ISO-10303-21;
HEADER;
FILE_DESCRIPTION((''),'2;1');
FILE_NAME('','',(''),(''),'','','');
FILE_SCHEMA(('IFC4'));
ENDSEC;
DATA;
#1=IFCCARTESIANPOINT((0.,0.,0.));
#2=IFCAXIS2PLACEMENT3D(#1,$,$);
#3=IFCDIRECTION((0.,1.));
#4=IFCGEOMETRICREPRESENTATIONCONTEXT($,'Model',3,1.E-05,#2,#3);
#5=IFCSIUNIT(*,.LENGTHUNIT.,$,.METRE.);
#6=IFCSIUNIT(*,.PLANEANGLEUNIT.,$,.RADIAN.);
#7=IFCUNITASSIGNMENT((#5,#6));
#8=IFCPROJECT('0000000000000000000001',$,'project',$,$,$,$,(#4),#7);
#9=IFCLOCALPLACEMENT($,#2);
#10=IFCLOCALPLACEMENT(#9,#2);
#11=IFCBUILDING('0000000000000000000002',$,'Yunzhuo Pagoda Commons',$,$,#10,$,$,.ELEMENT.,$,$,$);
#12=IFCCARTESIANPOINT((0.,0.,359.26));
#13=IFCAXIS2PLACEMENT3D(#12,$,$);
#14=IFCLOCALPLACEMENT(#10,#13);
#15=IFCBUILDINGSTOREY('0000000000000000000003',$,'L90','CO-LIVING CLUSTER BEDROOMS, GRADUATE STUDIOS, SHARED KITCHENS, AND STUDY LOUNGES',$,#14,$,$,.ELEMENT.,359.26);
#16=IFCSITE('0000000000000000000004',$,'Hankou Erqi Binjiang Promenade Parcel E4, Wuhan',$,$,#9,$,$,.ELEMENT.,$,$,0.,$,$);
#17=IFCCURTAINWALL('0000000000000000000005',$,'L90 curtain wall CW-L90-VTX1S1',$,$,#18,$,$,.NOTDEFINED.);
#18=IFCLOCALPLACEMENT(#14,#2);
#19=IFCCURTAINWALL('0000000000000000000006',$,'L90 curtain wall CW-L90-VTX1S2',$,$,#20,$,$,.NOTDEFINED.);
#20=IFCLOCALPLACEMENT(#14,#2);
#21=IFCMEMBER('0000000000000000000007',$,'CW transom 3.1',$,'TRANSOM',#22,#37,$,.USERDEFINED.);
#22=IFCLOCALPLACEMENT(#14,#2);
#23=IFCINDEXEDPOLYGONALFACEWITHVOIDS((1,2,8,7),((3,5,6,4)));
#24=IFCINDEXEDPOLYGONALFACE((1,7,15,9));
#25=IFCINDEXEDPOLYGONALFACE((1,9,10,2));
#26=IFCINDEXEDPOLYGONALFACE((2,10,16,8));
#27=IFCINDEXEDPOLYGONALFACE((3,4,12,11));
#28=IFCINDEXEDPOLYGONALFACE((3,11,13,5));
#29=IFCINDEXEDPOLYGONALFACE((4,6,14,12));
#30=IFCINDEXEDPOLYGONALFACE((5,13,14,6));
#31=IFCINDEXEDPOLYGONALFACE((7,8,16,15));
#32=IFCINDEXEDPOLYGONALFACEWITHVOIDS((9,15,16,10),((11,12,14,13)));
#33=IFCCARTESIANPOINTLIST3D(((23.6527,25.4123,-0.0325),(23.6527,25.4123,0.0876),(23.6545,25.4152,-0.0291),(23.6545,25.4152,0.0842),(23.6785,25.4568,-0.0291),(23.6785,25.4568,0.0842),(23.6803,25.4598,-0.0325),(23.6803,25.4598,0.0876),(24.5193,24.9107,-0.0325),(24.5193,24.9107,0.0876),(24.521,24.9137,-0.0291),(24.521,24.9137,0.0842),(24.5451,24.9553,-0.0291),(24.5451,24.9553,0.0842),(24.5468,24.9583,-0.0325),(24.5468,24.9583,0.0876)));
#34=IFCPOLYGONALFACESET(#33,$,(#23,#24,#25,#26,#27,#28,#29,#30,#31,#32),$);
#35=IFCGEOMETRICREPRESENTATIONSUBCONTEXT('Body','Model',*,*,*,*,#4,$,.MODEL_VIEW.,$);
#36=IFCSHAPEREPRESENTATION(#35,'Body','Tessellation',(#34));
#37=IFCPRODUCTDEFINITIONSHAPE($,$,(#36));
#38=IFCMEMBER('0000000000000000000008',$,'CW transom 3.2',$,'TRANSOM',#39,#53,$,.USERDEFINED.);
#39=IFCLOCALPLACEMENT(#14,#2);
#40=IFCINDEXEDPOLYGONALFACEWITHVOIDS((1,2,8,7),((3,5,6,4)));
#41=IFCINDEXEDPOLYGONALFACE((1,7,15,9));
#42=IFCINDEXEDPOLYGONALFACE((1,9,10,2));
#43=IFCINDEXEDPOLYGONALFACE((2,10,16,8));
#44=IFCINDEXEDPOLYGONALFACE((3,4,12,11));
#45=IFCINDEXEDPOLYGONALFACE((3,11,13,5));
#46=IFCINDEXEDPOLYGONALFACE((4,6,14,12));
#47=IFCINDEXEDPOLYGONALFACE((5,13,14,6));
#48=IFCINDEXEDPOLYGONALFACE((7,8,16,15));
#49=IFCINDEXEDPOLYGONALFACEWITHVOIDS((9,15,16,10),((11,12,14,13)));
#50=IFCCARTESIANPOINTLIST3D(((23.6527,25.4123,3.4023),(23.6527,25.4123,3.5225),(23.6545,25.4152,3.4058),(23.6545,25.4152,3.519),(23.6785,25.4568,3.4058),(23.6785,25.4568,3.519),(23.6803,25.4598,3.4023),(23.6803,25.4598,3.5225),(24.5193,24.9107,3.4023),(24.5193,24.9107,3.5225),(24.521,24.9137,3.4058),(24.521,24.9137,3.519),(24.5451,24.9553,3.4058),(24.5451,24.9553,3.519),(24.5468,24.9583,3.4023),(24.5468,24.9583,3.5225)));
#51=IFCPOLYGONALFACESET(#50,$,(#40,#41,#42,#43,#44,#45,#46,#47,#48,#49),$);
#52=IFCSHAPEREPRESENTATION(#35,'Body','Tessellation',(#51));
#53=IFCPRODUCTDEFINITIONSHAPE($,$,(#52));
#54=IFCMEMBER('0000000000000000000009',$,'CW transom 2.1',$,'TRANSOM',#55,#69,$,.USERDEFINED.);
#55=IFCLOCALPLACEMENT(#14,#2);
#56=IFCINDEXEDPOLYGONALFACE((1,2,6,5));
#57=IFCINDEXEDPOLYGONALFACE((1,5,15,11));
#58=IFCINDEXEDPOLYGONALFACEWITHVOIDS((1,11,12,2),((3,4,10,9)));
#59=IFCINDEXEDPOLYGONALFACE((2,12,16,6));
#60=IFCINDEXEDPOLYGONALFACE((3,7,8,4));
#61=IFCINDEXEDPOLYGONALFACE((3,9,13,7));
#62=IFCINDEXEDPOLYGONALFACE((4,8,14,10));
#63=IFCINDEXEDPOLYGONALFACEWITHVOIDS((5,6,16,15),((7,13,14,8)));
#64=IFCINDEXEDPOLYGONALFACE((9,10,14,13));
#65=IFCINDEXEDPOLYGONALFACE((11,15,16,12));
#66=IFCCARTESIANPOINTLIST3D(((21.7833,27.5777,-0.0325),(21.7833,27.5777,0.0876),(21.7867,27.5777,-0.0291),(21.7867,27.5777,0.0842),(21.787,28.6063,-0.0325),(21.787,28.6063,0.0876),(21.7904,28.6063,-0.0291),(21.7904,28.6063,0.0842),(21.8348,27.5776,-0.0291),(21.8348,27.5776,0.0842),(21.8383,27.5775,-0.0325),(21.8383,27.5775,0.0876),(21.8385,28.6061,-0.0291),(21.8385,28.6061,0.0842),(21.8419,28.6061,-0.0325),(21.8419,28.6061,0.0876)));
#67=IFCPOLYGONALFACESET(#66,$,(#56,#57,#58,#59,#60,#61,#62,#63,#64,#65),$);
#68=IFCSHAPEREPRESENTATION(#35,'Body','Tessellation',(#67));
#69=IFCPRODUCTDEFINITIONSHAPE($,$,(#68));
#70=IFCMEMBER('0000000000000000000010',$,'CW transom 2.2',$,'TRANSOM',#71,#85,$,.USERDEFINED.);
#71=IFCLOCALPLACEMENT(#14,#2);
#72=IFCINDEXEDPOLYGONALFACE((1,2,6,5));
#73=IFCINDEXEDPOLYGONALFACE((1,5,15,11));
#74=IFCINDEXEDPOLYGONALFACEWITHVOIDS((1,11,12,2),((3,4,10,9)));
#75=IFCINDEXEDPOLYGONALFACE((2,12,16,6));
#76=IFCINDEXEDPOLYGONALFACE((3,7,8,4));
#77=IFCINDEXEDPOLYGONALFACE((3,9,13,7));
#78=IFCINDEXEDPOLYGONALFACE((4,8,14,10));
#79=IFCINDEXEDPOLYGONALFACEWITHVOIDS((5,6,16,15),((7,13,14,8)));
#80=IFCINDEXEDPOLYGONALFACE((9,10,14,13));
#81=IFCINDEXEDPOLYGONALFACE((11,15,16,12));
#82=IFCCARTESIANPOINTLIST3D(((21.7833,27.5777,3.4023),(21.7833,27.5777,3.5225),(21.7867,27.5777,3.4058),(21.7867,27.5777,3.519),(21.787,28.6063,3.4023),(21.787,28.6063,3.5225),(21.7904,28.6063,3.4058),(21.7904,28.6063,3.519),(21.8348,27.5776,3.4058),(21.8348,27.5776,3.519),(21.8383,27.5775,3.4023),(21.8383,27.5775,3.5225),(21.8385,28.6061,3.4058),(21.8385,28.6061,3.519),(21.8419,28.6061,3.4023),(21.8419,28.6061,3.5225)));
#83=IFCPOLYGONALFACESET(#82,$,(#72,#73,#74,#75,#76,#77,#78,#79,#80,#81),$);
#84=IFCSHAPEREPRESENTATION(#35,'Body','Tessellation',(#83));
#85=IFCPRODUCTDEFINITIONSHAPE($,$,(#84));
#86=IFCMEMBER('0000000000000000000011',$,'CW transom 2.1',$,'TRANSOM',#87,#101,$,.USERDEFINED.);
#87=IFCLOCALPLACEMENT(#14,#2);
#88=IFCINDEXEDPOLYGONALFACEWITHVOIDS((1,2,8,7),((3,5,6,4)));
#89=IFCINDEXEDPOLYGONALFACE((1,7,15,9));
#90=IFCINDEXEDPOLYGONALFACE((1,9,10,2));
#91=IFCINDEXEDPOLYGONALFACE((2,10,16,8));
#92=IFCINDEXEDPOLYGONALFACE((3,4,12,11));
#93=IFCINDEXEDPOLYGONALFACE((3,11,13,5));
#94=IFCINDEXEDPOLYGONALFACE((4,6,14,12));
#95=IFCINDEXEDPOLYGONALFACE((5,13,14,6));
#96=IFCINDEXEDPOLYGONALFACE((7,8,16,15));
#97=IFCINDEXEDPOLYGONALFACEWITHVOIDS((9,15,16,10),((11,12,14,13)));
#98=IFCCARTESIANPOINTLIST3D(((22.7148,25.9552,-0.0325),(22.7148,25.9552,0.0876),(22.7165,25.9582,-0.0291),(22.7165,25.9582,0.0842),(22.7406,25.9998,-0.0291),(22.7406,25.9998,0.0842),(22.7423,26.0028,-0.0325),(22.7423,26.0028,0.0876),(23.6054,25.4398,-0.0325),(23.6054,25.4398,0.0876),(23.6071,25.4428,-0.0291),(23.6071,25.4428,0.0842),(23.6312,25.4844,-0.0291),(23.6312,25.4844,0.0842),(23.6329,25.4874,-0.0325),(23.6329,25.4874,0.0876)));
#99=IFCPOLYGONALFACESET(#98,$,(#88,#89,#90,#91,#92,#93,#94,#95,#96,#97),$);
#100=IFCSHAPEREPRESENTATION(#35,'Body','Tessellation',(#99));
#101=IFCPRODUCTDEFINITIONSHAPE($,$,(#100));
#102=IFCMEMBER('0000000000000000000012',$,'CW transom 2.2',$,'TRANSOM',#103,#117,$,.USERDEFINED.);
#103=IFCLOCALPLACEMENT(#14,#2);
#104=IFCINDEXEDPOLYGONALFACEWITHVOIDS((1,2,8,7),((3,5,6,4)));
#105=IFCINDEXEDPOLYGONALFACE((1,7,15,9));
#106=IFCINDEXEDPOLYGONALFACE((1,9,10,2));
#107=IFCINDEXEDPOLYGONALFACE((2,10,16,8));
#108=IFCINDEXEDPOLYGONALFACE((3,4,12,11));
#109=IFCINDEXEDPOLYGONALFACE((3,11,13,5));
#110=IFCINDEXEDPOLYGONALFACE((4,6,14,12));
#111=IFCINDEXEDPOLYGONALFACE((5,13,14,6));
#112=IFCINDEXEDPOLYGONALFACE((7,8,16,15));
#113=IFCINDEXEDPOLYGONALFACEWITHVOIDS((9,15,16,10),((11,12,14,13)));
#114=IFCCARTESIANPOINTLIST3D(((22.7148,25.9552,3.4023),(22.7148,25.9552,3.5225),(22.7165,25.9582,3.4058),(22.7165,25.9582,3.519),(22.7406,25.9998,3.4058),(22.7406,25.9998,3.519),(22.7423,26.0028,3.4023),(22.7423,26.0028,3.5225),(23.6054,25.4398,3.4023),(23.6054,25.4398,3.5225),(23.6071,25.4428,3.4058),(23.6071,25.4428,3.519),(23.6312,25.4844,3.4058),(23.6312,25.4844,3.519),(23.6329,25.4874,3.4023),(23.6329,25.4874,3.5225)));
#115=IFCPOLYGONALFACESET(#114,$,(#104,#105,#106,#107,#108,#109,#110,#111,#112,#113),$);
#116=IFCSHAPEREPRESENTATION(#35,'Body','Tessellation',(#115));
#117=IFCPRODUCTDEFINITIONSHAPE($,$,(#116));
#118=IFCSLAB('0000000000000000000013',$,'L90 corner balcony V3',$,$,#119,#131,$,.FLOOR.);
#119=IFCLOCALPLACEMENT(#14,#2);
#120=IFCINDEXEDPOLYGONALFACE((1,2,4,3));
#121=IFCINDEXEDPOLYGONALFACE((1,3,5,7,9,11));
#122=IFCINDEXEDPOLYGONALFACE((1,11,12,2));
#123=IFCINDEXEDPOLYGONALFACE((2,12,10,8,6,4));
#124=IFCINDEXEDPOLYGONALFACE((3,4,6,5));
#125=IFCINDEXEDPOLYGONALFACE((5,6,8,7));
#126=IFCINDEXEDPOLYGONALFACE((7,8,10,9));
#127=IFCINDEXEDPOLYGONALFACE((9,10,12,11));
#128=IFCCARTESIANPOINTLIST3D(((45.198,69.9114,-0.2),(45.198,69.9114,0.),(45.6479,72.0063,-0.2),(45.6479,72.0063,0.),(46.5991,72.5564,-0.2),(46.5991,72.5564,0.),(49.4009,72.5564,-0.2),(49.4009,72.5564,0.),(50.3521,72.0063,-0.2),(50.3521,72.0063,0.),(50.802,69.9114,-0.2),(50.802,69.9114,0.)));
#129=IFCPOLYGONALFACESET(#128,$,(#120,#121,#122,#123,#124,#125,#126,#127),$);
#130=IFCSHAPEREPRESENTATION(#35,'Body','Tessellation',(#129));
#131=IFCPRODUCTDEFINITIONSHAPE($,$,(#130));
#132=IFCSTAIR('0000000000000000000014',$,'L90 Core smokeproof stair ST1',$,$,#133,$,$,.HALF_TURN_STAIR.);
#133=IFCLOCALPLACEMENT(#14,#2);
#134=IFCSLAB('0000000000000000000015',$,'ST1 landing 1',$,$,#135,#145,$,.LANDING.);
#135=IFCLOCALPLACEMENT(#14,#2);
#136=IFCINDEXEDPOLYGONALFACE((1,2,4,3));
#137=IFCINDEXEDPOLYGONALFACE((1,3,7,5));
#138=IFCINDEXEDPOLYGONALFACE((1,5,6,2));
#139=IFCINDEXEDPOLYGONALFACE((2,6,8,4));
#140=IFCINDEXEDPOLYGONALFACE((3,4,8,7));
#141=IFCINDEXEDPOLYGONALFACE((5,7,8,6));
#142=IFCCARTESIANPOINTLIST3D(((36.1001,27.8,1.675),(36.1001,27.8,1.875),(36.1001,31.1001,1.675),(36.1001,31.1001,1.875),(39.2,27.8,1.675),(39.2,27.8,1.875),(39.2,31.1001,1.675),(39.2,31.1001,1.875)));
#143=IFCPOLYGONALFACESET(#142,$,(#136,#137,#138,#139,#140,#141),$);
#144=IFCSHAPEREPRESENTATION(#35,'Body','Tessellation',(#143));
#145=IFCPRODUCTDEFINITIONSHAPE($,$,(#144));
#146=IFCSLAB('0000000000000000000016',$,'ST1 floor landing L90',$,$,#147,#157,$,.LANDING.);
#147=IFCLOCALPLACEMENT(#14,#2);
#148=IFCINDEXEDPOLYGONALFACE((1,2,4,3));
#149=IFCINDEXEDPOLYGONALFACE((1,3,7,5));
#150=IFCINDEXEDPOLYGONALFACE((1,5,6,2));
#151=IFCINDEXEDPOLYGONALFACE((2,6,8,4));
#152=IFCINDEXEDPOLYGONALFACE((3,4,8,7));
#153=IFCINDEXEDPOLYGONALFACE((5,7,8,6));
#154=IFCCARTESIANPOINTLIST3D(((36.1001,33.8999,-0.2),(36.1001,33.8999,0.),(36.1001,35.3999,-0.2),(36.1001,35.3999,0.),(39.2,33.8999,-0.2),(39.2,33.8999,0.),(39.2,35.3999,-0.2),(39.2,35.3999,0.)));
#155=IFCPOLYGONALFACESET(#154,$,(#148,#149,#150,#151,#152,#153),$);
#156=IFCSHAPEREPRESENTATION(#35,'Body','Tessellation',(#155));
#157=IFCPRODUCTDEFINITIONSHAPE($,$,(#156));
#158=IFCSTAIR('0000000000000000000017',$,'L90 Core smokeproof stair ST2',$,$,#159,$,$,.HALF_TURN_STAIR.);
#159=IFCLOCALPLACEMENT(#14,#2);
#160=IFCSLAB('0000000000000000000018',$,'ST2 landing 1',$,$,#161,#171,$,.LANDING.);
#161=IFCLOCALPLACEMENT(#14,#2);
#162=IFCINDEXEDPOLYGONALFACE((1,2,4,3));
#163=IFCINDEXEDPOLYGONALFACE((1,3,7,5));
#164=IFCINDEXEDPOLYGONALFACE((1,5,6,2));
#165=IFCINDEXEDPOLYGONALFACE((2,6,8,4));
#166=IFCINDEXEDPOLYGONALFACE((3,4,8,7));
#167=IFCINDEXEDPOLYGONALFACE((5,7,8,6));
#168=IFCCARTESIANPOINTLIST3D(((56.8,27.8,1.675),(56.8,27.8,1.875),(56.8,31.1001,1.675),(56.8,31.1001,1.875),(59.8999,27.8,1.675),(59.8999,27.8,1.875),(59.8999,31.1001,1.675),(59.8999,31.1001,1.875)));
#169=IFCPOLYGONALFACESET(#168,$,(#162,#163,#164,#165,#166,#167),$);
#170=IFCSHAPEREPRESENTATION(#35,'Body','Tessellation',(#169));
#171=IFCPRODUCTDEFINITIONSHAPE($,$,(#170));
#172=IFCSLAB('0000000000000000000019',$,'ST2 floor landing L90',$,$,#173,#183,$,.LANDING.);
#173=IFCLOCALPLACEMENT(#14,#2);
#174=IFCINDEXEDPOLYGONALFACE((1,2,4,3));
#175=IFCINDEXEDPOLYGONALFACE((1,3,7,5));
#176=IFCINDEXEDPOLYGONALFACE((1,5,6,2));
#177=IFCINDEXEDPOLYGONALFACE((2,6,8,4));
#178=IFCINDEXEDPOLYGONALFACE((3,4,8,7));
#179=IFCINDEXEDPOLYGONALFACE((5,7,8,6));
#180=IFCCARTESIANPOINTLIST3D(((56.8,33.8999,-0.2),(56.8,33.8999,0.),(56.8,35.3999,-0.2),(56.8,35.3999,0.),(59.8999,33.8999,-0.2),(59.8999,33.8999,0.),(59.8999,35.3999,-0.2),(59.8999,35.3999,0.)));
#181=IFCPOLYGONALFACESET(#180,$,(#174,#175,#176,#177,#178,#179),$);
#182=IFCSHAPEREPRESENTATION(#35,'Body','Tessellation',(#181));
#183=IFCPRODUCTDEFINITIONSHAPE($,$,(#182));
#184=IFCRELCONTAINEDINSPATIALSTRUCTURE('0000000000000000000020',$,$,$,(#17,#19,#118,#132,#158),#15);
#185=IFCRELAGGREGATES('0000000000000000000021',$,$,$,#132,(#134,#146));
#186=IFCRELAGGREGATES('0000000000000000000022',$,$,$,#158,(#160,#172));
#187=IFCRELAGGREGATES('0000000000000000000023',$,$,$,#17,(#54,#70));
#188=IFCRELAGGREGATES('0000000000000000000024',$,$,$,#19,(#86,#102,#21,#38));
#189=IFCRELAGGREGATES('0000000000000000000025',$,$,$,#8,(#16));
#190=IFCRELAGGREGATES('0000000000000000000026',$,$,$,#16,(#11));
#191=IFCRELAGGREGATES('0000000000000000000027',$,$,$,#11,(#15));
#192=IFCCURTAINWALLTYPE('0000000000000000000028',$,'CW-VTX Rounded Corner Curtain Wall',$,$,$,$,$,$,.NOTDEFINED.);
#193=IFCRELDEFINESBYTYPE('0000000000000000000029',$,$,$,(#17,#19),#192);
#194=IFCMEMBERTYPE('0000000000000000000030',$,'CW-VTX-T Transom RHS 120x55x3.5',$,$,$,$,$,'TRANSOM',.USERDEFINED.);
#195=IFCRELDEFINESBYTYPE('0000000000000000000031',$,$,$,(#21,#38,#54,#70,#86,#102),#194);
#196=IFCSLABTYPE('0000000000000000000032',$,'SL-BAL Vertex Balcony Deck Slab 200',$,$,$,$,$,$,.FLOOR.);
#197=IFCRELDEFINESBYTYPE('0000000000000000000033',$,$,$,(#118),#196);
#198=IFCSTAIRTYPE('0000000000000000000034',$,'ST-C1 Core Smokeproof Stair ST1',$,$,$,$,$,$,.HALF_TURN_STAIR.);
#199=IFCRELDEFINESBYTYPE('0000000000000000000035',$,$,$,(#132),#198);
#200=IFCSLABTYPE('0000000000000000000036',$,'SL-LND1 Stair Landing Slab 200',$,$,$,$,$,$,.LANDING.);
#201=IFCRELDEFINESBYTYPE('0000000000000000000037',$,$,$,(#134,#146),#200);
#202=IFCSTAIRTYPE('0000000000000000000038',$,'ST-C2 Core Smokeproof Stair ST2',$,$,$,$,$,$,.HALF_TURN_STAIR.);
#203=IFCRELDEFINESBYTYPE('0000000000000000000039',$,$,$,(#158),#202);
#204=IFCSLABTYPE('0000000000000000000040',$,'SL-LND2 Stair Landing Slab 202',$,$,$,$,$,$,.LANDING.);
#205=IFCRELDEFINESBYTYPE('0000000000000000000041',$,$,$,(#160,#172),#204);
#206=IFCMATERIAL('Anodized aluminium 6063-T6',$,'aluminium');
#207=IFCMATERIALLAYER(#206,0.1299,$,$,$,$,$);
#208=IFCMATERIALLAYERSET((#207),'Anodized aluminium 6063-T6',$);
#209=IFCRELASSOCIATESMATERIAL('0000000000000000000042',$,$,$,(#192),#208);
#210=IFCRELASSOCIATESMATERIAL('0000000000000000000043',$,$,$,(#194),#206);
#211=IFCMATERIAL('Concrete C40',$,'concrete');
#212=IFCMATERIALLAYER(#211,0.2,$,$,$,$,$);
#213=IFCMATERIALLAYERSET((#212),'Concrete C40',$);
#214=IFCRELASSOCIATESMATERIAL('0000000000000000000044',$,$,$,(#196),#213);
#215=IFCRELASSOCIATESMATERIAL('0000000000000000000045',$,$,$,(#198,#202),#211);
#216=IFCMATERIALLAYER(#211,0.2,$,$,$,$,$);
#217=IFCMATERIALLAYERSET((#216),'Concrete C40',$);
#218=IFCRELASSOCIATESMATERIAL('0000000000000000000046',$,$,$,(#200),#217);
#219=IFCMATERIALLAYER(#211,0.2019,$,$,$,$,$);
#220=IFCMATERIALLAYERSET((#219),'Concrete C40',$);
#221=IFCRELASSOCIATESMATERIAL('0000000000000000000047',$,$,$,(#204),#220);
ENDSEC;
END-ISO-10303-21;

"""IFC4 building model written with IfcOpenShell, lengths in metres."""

from ifc_helpers import new_model, si_unit, direction, frame, origin, origin_2d, place, context, subcontext, project, spatial, polyline, hollow_rectangle, outline, extrude, source, transform, mapped, material, layer, layer_set, material_profile, profile_set, type_object, element, aggregate, save


model = new_model("IFC4")

# Units and contexts
model_context = context("Model", 3, precision=1e-05, world=origin(), true_north=direction((0.0, 1.0)))
body_context = subcontext(model_context, "Body", "Model", "MODEL_VIEW")
ifc_project = project(units=[si_unit("LENGTHUNIT", "METRE"), si_unit("PLANEANGLEUNIT", "RADIAN")], contexts=[model_context])

# Site, building, storey
site_placement = place(None, origin())
site = spatial("IfcSite", under=ifc_project, at=site_placement, Name="Hankou Erqi Binjiang Promenade Parcel E4, Wuhan", CompositionType="ELEMENT", RefElevation=0.0)
building_placement = place(site_placement, origin())
building = spatial("IfcBuilding", under=site, at=building_placement, Name="Yunzhuo Pagoda Commons", CompositionType="ELEMENT")
storey_placement = place(building_placement, frame((0.0, 0.0, 359.26)))
storey = spatial("IfcBuildingStorey", under=building, at=storey_placement, Name="L90", Description="CO-LIVING CLUSTER BEDROOMS, GRADUATE STUDIOS, SHARED KITCHENS, AND STUDY LOUNGES", CompositionType="ELEMENT", Elevation=359.26)

# Shared definitions
ifc_material_1 = material(Name="Anodized aluminium 6063-T6", Category="aluminium")

# Curtain walls
ifc_layer_1 = layer(ifc_material_1, 0.1299)
ifc_layer_set_1 = layer_set([ifc_layer_1], Name="Anodized aluminium 6063-T6")
curtain_wall_type_1 = type_object("IfcCurtainWallType", Name="CW-VTX Rounded Corner Curtain Wall", PredefinedType="NOTDEFINED", material=ifc_layer_set_1)
curtain_wall_1_placement = place(storey_placement, origin())
curtain_wall_1 = element("IfcCurtainWall", 1, at=curtain_wall_1_placement, inside=storey, type_object=curtain_wall_type_1, Name="L90 curtain wall CW-L90-VTX1S1", PredefinedType="NOTDEFINED")
curtain_wall_2_placement = place(storey_placement, origin())
curtain_wall_2 = element("IfcCurtainWall", 2, at=curtain_wall_2_placement, inside=storey, type_object=curtain_wall_type_1, Name="L90 curtain wall CW-L90-VTX1S2", PredefinedType="NOTDEFINED")

# Members
ifc_material_profile_1 = material_profile(ifc_material_1, hollow_rectangle(XDim=0.0549, YDim=0.1201, WallThickness=0.0034, at=origin_2d()), Name="Anodized aluminium 6063-T6")
ifc_profile_set_1 = profile_set([ifc_material_profile_1], Name="Anodized aluminium 6063-T6")
member_type_1 = type_object("IfcMemberType", Name="CW-VTX-T Transom RHS 120x55x3.5", ElementType="TRANSOM", PredefinedType="USERDEFINED", material=ifc_profile_set_1)
shared_shape_1 = source(origin(), body_context, "Body", "SweptSolid", [
    extrude(hollow_rectangle(XDim=0.0549, YDim=0.1201, WallThickness=0.0034, at=origin_2d()), origin(), (0.0, 0.0, 1.0), 1.0012),
])
member_1_placement = place(storey_placement, frame((23.6665, 25.436, 0.0276), z_axis=(0.865499, -0.500911, 0.0), x_axis=(0.500911, 0.865499, 0.0)))
member_1 = element("IfcMember", 3, at=member_1_placement, type_object=member_type_1, Name="CW transom 3.1", ObjectType="TRANSOM", PredefinedType="USERDEFINED", context=body_context, shape_type="MappedRepresentation", body=[
    mapped(shared_shape_1, transform((0.0, 0.0, 0.0), scale=1.0)),
])
member_2_placement = place(storey_placement, frame((23.6665, 25.436, 3.4624), z_axis=(0.865499, -0.500911, 0.0), x_axis=(0.500911, 0.865499, 0.0)))
member_2 = element("IfcMember", 4, at=member_2_placement, type_object=member_type_1, Name="CW transom 3.2", ObjectType="TRANSOM", PredefinedType="USERDEFINED", context=body_context, shape_type="MappedRepresentation", body=[
    mapped(shared_shape_1, transform((0.0, 0.0, 0.0), scale=1.0)),
])
shared_shape_2 = source(origin(), body_context, "Body", "SweptSolid", [
    extrude(hollow_rectangle(XDim=0.0549, YDim=0.1201, WallThickness=0.0034, at=origin_2d()), origin(), (0.0, 0.0, 1.0), 1.0286),
])
member_3_placement = place(storey_placement, frame((21.8145, 28.6062, 0.0276), z_axis=(-0.00356, -0.999994, 0.0), x_axis=(0.999994, -0.00356, 0.0)))
member_3 = element("IfcMember", 5, at=member_3_placement, type_object=member_type_1, Name="CW transom 2.1", ObjectType="TRANSOM", PredefinedType="USERDEFINED", context=body_context, shape_type="MappedRepresentation", body=[
    mapped(shared_shape_2, transform((0.0, 0.0, 0.0), scale=1.0)),
])
member_4_placement = place(storey_placement, frame((21.8145, 28.6062, 3.4624), z_axis=(-0.00356, -0.999994, 0.0), x_axis=(0.999994, -0.00356, 0.0)))
member_4 = element("IfcMember", 6, at=member_4_placement, type_object=member_type_1, Name="CW transom 2.2", ObjectType="TRANSOM", PredefinedType="USERDEFINED", context=body_context, shape_type="MappedRepresentation", body=[
    mapped(shared_shape_2, transform((0.0, 0.0, 0.0), scale=1.0)),
])
shared_shape_3 = source(origin(), body_context, "Body", "SweptSolid", [
    extrude(hollow_rectangle(XDim=0.0549, YDim=0.1201, WallThickness=0.0034, at=origin_2d()), origin(), (0.0, 0.0, 1.0), 1.0291),
])
member_5_placement = place(storey_placement, frame((22.7285, 25.979, 0.0276), z_axis=(0.865529, -0.500859, 0.0), x_axis=(0.500859, 0.865529, 0.0)))
member_5 = element("IfcMember", 7, at=member_5_placement, type_object=member_type_1, Name="CW transom 2.1", ObjectType="TRANSOM", PredefinedType="USERDEFINED", context=body_context, shape_type="MappedRepresentation", body=[
    mapped(shared_shape_3, transform((0.0, 0.0, 0.0), scale=1.0)),
])
member_6_placement = place(storey_placement, frame((22.7285, 25.979, 3.4624), z_axis=(0.865529, -0.500859, 0.0), x_axis=(0.500859, 0.865529, 0.0)))
member_6 = element("IfcMember", 8, at=member_6_placement, type_object=member_type_1, Name="CW transom 2.2", ObjectType="TRANSOM", PredefinedType="USERDEFINED", context=body_context, shape_type="MappedRepresentation", body=[
    mapped(shared_shape_3, transform((0.0, 0.0, 0.0), scale=1.0)),
])

# Slab
ifc_material_2 = material(Name="Concrete C40", Category="concrete")
ifc_layer_2 = layer(ifc_material_2, 0.2)
ifc_layer_set_2 = layer_set([ifc_layer_2], Name="Concrete C40")
slab_type_1 = type_object("IfcSlabType", Name="SL-BAL Vertex Balcony Deck Slab 200", PredefinedType="FLOOR", material=ifc_layer_set_2)
slab_1_placement = place(storey_placement, frame((0.0, 0.0, -0.2)))
element("IfcSlab", 9, at=slab_1_placement, inside=storey, type_object=slab_type_1, Name="L90 corner balcony V3", PredefinedType="FLOOR", context=body_context, shape_type="SweptSolid", body=[
    extrude(outline(polyline([(50.802, 69.9114), (45.198, 69.9114), (45.6479, 72.0063), (46.5991, 72.5564), (49.4009, 72.5564), (50.3521, 72.0063), (50.802, 69.9114)])), origin(), (0.0, 0.0, 1.0), 0.2),
])

# Stairs, slabs
stair_type_1 = type_object("IfcStairType", Name="ST-C1 Core Smokeproof Stair ST1", PredefinedType="HALF_TURN_STAIR", material=ifc_material_2)
stair_1_placement = place(storey_placement, origin())
stair_1 = element("IfcStair", 10, at=stair_1_placement, inside=storey, type_object=stair_type_1, Name="L90 Core smokeproof stair ST1", PredefinedType="HALF_TURN_STAIR")
ifc_layer_3 = layer(ifc_material_2, 0.2)
ifc_layer_set_3 = layer_set([ifc_layer_3], Name="Concrete C40")
slab_type_2 = type_object("IfcSlabType", Name="SL-LND1 Stair Landing Slab 200", PredefinedType="LANDING", material=ifc_layer_set_3)
slab_2_placement = place(storey_placement, frame((0.0, 0.0, 1.675)))
slab_2 = element("IfcSlab", 11, at=slab_2_placement, type_object=slab_type_2, Name="ST1 landing 1", PredefinedType="LANDING", context=body_context, shape_type="SweptSolid", body=[
    extrude(outline(polyline([(36.1001, 31.1001), (36.1001, 27.8), (39.2, 27.8), (39.2, 31.1001), (36.1001, 31.1001)])), origin(), (0.0, 0.0, 1.0), 0.2),
])
slab_3_placement = place(storey_placement, frame((0.0, 0.0, -0.2)))
slab_3 = element("IfcSlab", 12, at=slab_3_placement, type_object=slab_type_2, Name="ST1 floor landing L90", PredefinedType="LANDING", context=body_context, shape_type="SweptSolid", body=[
    extrude(outline(polyline([(36.1001, 35.3999), (36.1001, 33.8999), (39.2, 33.8999), (39.2, 35.3999), (36.1001, 35.3999)])), origin(), (0.0, 0.0, 1.0), 0.2),
])
aggregate(stair_1, [slab_2, slab_3])
stair_type_2 = type_object("IfcStairType", Name="ST-C2 Core Smokeproof Stair ST2", PredefinedType="HALF_TURN_STAIR", material=ifc_material_2)
stair_2_placement = place(storey_placement, origin())
stair_2 = element("IfcStair", 13, at=stair_2_placement, inside=storey, type_object=stair_type_2, Name="L90 Core smokeproof stair ST2", PredefinedType="HALF_TURN_STAIR")
ifc_layer_4 = layer(ifc_material_2, 0.2019)
ifc_layer_set_4 = layer_set([ifc_layer_4], Name="Concrete C40")
slab_type_3 = type_object("IfcSlabType", Name="SL-LND2 Stair Landing Slab 202", PredefinedType="LANDING", material=ifc_layer_set_4)
slab_4_placement = place(storey_placement, frame((0.0, 0.0, 1.675)))
slab_4 = element("IfcSlab", 14, at=slab_4_placement, type_object=slab_type_3, Name="ST2 landing 1", PredefinedType="LANDING", context=body_context, shape_type="SweptSolid", body=[
    extrude(outline(polyline([(56.8, 31.1001), (56.8, 27.8), (59.8999, 27.8), (59.8999, 31.1001), (56.8, 31.1001)])), origin(), (0.0, 0.0, 1.0), 0.2),
])
slab_5_placement = place(storey_placement, frame((0.0, 0.0, -0.2)))
slab_5 = element("IfcSlab", 15, at=slab_5_placement, type_object=slab_type_3, Name="ST2 floor landing L90", PredefinedType="LANDING", context=body_context, shape_type="SweptSolid", body=[
    extrude(outline(polyline([(56.8, 35.3999), (56.8, 33.8999), (59.8999, 33.8999), (59.8999, 35.3999), (56.8, 35.3999)])), origin(), (0.0, 0.0, 1.0), 0.2),
])
aggregate(stair_2, [slab_4, slab_5])

aggregate(curtain_wall_1, [member_3, member_4])
aggregate(curtain_wall_2, [member_5, member_6, member_1, member_2])

save(model, "model.ifc")
